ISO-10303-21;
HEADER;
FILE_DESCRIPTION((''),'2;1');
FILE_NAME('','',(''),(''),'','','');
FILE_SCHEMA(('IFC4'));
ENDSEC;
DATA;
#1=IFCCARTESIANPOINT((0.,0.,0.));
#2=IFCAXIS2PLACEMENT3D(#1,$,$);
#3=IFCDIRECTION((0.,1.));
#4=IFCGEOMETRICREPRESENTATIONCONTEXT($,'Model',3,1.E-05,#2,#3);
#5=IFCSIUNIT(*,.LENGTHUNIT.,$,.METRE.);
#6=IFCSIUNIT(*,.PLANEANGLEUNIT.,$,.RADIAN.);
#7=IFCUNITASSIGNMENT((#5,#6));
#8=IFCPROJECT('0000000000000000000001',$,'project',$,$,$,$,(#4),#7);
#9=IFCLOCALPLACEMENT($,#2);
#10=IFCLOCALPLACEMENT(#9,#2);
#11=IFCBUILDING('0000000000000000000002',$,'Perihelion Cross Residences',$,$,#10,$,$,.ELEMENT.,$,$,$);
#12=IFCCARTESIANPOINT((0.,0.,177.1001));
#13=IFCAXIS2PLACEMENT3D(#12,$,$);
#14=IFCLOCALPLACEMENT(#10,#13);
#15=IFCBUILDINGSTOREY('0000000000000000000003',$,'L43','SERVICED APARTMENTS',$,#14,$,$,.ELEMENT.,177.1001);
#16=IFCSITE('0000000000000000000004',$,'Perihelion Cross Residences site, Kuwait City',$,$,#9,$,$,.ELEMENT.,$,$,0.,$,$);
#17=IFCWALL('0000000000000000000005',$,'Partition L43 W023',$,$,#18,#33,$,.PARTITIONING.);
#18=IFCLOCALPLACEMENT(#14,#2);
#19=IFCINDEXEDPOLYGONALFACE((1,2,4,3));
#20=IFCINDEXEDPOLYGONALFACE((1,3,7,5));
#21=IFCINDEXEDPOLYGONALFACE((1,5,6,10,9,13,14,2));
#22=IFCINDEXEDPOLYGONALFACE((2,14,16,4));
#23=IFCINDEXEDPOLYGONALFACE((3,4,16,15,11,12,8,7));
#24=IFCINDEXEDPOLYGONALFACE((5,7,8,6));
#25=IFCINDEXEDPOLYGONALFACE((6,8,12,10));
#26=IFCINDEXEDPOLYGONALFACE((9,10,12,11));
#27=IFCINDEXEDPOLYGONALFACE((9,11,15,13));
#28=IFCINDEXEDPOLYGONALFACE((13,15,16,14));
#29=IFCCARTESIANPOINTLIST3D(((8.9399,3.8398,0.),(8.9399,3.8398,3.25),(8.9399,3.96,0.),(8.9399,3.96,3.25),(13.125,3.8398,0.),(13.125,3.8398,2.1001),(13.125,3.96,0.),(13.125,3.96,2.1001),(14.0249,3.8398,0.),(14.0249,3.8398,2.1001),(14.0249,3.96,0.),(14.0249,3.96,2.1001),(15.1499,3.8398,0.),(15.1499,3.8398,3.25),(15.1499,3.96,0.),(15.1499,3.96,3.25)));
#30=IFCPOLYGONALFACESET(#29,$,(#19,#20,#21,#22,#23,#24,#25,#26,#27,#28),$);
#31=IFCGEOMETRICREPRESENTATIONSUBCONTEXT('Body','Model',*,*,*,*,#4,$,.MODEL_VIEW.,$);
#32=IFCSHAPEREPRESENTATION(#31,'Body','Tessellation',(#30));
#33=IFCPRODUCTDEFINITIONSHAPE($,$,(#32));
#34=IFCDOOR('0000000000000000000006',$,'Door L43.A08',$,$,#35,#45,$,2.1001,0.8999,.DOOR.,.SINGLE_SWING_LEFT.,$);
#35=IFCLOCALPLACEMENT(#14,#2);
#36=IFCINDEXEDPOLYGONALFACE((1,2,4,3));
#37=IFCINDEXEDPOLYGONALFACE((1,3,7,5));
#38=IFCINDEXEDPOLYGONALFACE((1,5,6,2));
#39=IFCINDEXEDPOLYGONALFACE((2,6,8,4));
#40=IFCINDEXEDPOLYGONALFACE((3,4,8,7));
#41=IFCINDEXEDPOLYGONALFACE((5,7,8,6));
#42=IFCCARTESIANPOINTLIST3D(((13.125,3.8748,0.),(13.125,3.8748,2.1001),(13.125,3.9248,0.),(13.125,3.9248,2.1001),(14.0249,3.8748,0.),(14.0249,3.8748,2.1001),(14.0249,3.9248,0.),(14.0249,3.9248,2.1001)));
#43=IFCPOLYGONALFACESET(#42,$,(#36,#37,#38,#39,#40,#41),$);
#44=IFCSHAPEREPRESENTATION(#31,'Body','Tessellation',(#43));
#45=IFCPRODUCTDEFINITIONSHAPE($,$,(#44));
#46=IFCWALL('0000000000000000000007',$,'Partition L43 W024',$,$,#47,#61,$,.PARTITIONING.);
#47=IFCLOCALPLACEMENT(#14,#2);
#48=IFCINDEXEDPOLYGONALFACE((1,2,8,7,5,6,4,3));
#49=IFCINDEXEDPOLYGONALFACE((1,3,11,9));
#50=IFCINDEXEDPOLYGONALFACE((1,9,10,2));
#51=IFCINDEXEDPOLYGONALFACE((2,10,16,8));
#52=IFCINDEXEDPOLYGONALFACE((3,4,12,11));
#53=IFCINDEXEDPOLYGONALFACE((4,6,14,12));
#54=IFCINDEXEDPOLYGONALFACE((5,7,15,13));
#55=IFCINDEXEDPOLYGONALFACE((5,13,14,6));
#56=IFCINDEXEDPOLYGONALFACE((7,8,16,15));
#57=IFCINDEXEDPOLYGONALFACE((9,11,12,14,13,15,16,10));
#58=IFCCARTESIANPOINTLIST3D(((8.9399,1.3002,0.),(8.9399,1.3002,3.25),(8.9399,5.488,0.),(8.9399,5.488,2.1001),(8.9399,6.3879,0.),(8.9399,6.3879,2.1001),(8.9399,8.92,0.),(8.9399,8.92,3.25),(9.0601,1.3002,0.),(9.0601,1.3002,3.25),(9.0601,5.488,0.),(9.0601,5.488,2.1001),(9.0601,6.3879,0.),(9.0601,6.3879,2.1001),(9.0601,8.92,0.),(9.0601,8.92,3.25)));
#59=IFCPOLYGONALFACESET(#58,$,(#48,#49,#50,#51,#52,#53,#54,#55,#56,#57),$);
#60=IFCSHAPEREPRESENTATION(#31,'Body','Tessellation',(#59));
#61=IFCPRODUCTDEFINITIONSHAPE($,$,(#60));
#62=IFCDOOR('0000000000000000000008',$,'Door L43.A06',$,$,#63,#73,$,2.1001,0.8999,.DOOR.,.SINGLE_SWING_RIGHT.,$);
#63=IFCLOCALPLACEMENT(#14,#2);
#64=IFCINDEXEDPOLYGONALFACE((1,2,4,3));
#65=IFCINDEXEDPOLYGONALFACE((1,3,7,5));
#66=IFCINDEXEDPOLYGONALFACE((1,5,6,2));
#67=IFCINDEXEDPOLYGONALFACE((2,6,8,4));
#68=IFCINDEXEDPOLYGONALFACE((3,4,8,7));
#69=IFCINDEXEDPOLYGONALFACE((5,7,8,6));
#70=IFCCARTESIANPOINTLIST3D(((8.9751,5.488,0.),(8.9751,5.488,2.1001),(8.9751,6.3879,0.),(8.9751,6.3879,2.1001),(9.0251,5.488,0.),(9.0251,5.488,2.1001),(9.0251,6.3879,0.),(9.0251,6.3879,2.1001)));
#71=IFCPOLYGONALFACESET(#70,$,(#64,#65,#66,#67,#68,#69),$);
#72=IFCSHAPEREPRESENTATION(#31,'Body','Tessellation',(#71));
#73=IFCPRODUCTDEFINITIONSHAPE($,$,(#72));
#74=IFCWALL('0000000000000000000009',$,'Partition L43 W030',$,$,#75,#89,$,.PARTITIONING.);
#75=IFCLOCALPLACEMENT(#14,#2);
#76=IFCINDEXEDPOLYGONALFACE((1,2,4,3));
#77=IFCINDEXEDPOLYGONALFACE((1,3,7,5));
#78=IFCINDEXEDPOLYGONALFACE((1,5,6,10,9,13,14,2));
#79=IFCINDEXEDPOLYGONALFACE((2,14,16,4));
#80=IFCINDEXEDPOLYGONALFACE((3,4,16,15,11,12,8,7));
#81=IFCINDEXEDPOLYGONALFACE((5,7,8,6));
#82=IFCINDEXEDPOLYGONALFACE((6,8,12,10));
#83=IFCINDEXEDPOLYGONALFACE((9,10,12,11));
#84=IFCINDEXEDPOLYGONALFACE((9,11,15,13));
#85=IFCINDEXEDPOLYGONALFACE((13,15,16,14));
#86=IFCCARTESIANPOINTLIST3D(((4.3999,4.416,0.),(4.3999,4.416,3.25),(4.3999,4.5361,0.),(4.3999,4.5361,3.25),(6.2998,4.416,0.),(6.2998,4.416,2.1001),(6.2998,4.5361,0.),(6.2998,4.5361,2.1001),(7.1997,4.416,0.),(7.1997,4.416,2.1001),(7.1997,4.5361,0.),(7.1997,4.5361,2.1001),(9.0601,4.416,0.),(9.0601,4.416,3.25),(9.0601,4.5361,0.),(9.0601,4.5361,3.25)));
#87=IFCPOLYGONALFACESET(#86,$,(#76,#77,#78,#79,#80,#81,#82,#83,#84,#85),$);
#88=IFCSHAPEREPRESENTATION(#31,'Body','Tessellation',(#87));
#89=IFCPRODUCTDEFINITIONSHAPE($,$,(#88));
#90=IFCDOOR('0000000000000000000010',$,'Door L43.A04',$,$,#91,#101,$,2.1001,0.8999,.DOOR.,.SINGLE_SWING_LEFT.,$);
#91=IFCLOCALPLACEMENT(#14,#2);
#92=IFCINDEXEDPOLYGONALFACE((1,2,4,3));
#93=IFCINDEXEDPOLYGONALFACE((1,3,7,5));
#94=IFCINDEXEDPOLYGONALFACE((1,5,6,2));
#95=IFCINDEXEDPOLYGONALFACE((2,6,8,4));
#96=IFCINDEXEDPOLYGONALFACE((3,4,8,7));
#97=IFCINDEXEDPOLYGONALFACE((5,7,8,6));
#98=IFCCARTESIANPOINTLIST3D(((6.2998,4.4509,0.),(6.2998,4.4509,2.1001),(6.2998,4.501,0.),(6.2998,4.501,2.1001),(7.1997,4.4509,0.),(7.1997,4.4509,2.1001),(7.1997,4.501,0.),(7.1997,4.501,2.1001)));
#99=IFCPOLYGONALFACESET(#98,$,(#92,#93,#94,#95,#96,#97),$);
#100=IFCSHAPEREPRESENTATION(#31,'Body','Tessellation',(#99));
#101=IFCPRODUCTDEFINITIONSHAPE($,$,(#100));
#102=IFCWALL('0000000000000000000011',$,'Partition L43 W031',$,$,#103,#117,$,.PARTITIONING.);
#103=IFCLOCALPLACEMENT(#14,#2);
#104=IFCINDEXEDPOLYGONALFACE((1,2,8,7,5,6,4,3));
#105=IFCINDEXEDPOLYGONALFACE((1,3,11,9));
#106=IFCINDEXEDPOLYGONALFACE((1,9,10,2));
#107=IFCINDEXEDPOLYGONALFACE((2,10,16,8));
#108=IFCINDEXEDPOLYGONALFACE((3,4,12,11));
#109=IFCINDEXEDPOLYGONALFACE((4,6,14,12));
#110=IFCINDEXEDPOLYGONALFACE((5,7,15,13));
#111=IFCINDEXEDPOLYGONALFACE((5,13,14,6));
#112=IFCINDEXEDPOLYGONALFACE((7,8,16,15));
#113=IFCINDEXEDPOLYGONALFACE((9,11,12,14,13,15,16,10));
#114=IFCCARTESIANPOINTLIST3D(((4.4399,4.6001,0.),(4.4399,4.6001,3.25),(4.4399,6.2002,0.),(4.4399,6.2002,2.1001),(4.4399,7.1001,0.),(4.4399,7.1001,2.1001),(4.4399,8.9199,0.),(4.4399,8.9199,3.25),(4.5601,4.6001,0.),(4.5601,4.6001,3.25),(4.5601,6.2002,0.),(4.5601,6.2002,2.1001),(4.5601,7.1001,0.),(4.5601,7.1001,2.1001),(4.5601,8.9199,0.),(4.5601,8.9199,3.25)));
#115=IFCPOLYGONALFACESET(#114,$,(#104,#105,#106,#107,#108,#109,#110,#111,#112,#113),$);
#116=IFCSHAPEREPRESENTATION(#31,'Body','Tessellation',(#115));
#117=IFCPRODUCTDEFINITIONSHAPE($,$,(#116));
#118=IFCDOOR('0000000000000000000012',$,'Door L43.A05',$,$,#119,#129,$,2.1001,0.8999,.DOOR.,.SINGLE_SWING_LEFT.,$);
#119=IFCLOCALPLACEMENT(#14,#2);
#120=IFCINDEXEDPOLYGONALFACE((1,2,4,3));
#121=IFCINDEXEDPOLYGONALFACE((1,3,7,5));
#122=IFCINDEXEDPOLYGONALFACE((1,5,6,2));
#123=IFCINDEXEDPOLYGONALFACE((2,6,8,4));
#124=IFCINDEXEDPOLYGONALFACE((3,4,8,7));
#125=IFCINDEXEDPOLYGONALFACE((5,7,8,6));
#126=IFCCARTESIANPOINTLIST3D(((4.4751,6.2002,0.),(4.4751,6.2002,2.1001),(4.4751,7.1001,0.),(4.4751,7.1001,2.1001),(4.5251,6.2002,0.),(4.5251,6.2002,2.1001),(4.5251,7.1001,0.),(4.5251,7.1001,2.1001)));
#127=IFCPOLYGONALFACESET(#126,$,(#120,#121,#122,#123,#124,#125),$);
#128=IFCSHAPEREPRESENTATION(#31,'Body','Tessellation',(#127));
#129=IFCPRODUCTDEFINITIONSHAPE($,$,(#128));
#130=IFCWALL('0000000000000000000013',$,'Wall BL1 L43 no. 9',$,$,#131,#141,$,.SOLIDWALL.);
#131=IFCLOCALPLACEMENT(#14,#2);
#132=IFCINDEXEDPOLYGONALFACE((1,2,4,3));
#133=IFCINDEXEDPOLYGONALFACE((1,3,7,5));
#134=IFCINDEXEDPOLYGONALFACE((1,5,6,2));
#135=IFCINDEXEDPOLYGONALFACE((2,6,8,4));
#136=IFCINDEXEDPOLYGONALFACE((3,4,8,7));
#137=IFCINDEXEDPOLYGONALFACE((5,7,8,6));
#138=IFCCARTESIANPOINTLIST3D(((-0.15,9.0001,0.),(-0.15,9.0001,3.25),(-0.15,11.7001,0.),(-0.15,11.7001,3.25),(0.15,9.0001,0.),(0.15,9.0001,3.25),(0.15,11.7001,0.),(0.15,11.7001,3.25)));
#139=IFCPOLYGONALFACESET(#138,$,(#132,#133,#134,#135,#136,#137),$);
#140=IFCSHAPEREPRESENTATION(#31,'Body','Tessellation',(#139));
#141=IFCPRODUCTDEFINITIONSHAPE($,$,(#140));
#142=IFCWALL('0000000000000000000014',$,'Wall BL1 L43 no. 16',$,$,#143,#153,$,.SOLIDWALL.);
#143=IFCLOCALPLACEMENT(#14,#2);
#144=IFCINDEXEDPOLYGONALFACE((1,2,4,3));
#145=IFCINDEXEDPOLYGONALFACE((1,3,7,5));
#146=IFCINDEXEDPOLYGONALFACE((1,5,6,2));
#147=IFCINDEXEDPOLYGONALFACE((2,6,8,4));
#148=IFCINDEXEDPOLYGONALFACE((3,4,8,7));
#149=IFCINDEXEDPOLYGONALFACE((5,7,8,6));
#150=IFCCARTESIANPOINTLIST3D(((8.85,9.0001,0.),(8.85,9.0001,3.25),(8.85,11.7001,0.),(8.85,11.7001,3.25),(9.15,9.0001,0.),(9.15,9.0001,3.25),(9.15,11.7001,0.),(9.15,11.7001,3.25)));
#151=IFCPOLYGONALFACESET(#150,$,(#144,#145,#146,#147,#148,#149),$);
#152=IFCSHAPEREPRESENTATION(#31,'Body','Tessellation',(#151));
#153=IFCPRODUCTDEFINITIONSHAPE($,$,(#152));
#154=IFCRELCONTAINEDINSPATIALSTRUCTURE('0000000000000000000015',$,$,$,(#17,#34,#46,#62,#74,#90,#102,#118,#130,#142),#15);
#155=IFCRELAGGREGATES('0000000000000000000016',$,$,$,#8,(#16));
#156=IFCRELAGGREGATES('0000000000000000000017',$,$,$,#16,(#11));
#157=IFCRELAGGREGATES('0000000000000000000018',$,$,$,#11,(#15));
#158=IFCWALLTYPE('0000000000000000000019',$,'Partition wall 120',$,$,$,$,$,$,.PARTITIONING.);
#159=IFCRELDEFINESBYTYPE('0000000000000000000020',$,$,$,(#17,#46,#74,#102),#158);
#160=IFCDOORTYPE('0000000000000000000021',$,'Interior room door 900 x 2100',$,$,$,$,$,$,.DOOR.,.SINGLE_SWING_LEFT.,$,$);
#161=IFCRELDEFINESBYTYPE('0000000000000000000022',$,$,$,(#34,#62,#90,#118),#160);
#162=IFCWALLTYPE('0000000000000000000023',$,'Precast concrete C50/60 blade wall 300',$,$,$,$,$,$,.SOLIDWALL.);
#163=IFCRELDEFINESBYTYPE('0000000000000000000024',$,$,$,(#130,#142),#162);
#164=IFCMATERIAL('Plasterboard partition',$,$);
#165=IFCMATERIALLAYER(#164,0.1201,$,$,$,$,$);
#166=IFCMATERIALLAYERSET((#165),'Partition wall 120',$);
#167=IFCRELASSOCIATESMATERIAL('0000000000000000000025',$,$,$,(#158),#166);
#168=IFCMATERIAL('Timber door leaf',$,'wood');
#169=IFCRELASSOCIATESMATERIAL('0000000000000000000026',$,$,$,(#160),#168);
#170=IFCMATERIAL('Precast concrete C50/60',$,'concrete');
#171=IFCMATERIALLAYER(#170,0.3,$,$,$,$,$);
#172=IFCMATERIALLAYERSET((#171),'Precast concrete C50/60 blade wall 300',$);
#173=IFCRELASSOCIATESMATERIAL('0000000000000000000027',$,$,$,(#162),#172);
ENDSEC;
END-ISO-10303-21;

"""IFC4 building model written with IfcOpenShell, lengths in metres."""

from ifc_helpers import new_model, si_unit, direction, frame, frame_2d, origin, place, context, subcontext, project, spatial, rectangle, extrude, material, layer, layer_set, type_object, element, fill, save


model = new_model("IFC4")

# Units and contexts
model_context = context("Model", 3, precision=1e-05, world=origin(), true_north=direction((0.0, 1.0)))
body_context = subcontext(model_context, "Body", "Model", "MODEL_VIEW")
ifc_project = project(units=[si_unit("LENGTHUNIT", "METRE"), si_unit("PLANEANGLEUNIT", "RADIAN")], contexts=[model_context])

# Site, building, storey
site_placement = place(None, origin())
site = spatial("IfcSite", under=ifc_project, at=site_placement, Name="Perihelion Cross Residences site, Kuwait City", CompositionType="ELEMENT", RefElevation=0.0)
building_placement = place(site_placement, origin())
building = spatial("IfcBuilding", under=site, at=building_placement, Name="Perihelion Cross Residences", CompositionType="ELEMENT")
storey_placement = place(building_placement, frame((0.0, 0.0, 177.1001)))
storey = spatial("IfcBuildingStorey", under=building, at=storey_placement, Name="L43", Description="SERVICED APARTMENTS", CompositionType="ELEMENT", Elevation=177.1001)

# Walls, openings, doors
ifc_material_1 = material(Name="Plasterboard partition")
ifc_layer_1 = layer(ifc_material_1, 0.1201)
ifc_layer_set_1 = layer_set([ifc_layer_1], Name="Partition wall 120")
wall_type_1 = type_object("IfcWallType", Name="Partition wall 120", PredefinedType="PARTITIONING", material=ifc_layer_set_1)
wall_1_placement = place(storey_placement, frame((8.9399, 3.8999, 0.0), z_axis=(0.0, 0.0, 1.0), x_axis=(1.0, 0.0, 0.0)))
wall_1 = element("IfcWall", 1, at=wall_1_placement, inside=storey, type_object=wall_type_1, Name="Partition L43 W023", PredefinedType="PARTITIONING", context=body_context, shape_type="SweptSolid", body=[
    extrude(rectangle(XDim=6.21, YDim=0.1201, at=frame_2d((3.105, 0.0))), origin(), (0.0, 0.0, 1.0), 3.25),
])
opening_1_placement = place(wall_1_placement, frame((4.1851, 0.0, 0.0)))
opening_1 = element("IfcOpeningElement", 2, at=opening_1_placement, cuts=wall_1, PredefinedType="OPENING", context=body_context, shape_type="SweptSolid", body=[
    extrude(rectangle(XDim=0.8999, YDim=2.1001, at=frame_2d((0.45, 1.05))), frame((0.0, 0.0701, 0.0), z_axis=(0.0, -1.0, 0.0), x_axis=(1.0, 0.0, 0.0)), (0.0, 0.0, 1.0), 0.1401),
])
ifc_material_2 = material(Name="Timber door leaf", Category="wood")
door_type_1 = type_object("IfcDoorType", Name="Interior room door 900 x 2100", OperationType="SINGLE_SWING_LEFT", PredefinedType="DOOR", material=ifc_material_2)
door_1_placement = place(opening_1_placement, origin())
door_1 = element("IfcDoor", 3, at=door_1_placement, inside=storey, type_object=door_type_1, Name="Door L43.A08", OperationType="SINGLE_SWING_LEFT", OverallHeight=2.1001, OverallWidth=0.8999, PredefinedType="DOOR", context=body_context, shape_type="SweptSolid", body=[
    extrude(rectangle(XDim=0.8999, YDim=2.1001, at=frame_2d((0.45, 1.05))), frame((0.0, 0.0249, 0.0), z_axis=(0.0, -1.0, 0.0), x_axis=(1.0, 0.0, 0.0)), (0.0, 0.0, 1.0), 0.05),
])
fill(opening_1, door_1)
wall_2_placement = place(storey_placement, frame((9.0, 1.3, 0.0), z_axis=(0.0, 0.0, 1.0), x_axis=(0.0, 1.0, 0.0)))
wall_2 = element("IfcWall", 4, at=wall_2_placement, inside=storey, type_object=wall_type_1, Name="Partition L43 W024", PredefinedType="PARTITIONING", context=body_context, shape_type="SweptSolid", body=[
    extrude(rectangle(XDim=7.6199, YDim=0.1201, at=frame_2d((3.8101, 0.0))), origin(), (0.0, 0.0, 1.0), 3.25),
])
opening_2_placement = place(wall_2_placement, frame((4.188, 0.0, 0.0)))
opening_2 = element("IfcOpeningElement", 5, at=opening_2_placement, cuts=wall_2, PredefinedType="OPENING", context=body_context, shape_type="SweptSolid", body=[
    extrude(rectangle(XDim=0.8999, YDim=2.1001, at=frame_2d((0.45, 1.05))), frame((0.0, 0.0701, 0.0), z_axis=(0.0, -1.0, 0.0), x_axis=(1.0, 0.0, 0.0)), (0.0, 0.0, 1.0), 0.1401),
])
door_2_placement = place(opening_2_placement, origin())
door_2 = element("IfcDoor", 6, at=door_2_placement, inside=storey, type_object=door_type_1, Name="Door L43.A06", OperationType="SINGLE_SWING_RIGHT", OverallHeight=2.1001, OverallWidth=0.8999, PredefinedType="DOOR", context=body_context, shape_type="SweptSolid", body=[
    extrude(rectangle(XDim=0.8999, YDim=2.1001, at=frame_2d((0.45, 1.05))), frame((0.0, 0.0249, 0.0), z_axis=(0.0, -1.0, 0.0), x_axis=(1.0, 0.0, 0.0)), (0.0, 0.0, 1.0), 0.05),
])
fill(opening_2, door_2)
wall_3_placement = place(storey_placement, frame((4.3999, 4.4761, 0.0), z_axis=(0.0, 0.0, 1.0), x_axis=(1.0, 0.0, 0.0)))
wall_3 = element("IfcWall", 7, at=wall_3_placement, inside=storey, type_object=wall_type_1, Name="Partition L43 W030", PredefinedType="PARTITIONING", context=body_context, shape_type="SweptSolid", body=[
    extrude(rectangle(XDim=4.6602, YDim=0.1201, at=frame_2d((2.3301, 0.0))), origin(), (0.0, 0.0, 1.0), 3.25),
])
opening_3_placement = place(wall_3_placement, frame((1.8999, 0.0, 0.0)))
opening_3 = element("IfcOpeningElement", 8, at=opening_3_placement, cuts=wall_3, PredefinedType="OPENING", context=body_context, shape_type="SweptSolid", body=[
    extrude(rectangle(XDim=0.8999, YDim=2.1001, at=frame_2d((0.45, 1.05))), frame((0.0, 0.0701, 0.0), z_axis=(0.0, -1.0, 0.0), x_axis=(1.0, 0.0, 0.0)), (0.0, 0.0, 1.0), 0.1401),
])
door_3_placement = place(opening_3_placement, origin())
door_3 = element("IfcDoor", 9, at=door_3_placement, inside=storey, type_object=door_type_1, Name="Door L43.A04", OperationType="SINGLE_SWING_LEFT", OverallHeight=2.1001, OverallWidth=0.8999, PredefinedType="DOOR", context=body_context, shape_type="SweptSolid", body=[
    extrude(rectangle(XDim=0.8999, YDim=2.1001, at=frame_2d((0.45, 1.05))), frame((0.0, 0.0249, 0.0), z_axis=(0.0, -1.0, 0.0), x_axis=(1.0, 0.0, 0.0)), (0.0, 0.0, 1.0), 0.05),
])
fill(opening_3, door_3)
wall_4_placement = place(storey_placement, frame((4.5, 4.6001, 0.0), z_axis=(0.0, 0.0, 1.0), x_axis=(0.0, 1.0, 0.0)))
wall_4 = element("IfcWall", 10, at=wall_4_placement, inside=storey, type_object=wall_type_1, Name="Partition L43 W031", PredefinedType="PARTITIONING", context=body_context, shape_type="SweptSolid", body=[
    extrude(rectangle(XDim=4.3198, YDim=0.1201, at=frame_2d((2.1599, 0.0))), origin(), (0.0, 0.0, 1.0), 3.25),
])
opening_4_placement = place(wall_4_placement, frame((1.6001, 0.0, 0.0)))
opening_4 = element("IfcOpeningElement", 11, at=opening_4_placement, cuts=wall_4, PredefinedType="OPENING", context=body_context, shape_type="SweptSolid", body=[
    extrude(rectangle(XDim=0.8999, YDim=2.1001, at=frame_2d((0.45, 1.05))), frame((0.0, 0.0701, 0.0), z_axis=(0.0, -1.0, 0.0), x_axis=(1.0, 0.0, 0.0)), (0.0, 0.0, 1.0), 0.1401),
])
door_4_placement = place(opening_4_placement, origin())
door_4 = element("IfcDoor", 12, at=door_4_placement, inside=storey, type_object=door_type_1, Name="Door L43.A05", OperationType="SINGLE_SWING_LEFT", OverallHeight=2.1001, OverallWidth=0.8999, PredefinedType="DOOR", context=body_context, shape_type="SweptSolid", body=[
    extrude(rectangle(XDim=0.8999, YDim=2.1001, at=frame_2d((0.45, 1.05))), frame((0.0, 0.0249, 0.0), z_axis=(0.0, -1.0, 0.0), x_axis=(1.0, 0.0, 0.0)), (0.0, 0.0, 1.0), 0.05),
])
fill(opening_4, door_4)

# Walls
ifc_material_3 = material(Name="Precast concrete C50/60", Category="concrete")
ifc_layer_2 = layer(ifc_material_3, 0.3)
ifc_layer_set_2 = layer_set([ifc_layer_2], Name="Precast concrete C50/60 blade wall 300")
wall_type_2 = type_object("IfcWallType", Name="Precast concrete C50/60 blade wall 300", PredefinedType="SOLIDWALL", material=ifc_layer_set_2)
for number, where, z_axis, x_axis, name in (
    (13, (0.0, 9.0, 0.0), (0.0, 0.0, 1.0), (0.0, 1.0, 0.0), "Wall BL1 L43 no. 9"),
    (14, (9.0, 9.0, 0.0), (0.0, 0.0, 1.0), (0.0, 1.0, 0.0), "Wall BL1 L43 no. 16"),
):
    element("IfcWall", number, at=place(storey_placement, frame(where, z_axis=z_axis, x_axis=x_axis)), inside=storey, type_object=wall_type_2, Name=name, PredefinedType="SOLIDWALL", context=body_context, shape_type="SweptSolid", body=[
        extrude(rectangle(XDim=2.7, YDim=0.3, at=frame_2d((1.3501, 0.0))), origin(), (0.0, 0.0, 1.0), 3.25),
    ])

save(model, "model.ifc")
